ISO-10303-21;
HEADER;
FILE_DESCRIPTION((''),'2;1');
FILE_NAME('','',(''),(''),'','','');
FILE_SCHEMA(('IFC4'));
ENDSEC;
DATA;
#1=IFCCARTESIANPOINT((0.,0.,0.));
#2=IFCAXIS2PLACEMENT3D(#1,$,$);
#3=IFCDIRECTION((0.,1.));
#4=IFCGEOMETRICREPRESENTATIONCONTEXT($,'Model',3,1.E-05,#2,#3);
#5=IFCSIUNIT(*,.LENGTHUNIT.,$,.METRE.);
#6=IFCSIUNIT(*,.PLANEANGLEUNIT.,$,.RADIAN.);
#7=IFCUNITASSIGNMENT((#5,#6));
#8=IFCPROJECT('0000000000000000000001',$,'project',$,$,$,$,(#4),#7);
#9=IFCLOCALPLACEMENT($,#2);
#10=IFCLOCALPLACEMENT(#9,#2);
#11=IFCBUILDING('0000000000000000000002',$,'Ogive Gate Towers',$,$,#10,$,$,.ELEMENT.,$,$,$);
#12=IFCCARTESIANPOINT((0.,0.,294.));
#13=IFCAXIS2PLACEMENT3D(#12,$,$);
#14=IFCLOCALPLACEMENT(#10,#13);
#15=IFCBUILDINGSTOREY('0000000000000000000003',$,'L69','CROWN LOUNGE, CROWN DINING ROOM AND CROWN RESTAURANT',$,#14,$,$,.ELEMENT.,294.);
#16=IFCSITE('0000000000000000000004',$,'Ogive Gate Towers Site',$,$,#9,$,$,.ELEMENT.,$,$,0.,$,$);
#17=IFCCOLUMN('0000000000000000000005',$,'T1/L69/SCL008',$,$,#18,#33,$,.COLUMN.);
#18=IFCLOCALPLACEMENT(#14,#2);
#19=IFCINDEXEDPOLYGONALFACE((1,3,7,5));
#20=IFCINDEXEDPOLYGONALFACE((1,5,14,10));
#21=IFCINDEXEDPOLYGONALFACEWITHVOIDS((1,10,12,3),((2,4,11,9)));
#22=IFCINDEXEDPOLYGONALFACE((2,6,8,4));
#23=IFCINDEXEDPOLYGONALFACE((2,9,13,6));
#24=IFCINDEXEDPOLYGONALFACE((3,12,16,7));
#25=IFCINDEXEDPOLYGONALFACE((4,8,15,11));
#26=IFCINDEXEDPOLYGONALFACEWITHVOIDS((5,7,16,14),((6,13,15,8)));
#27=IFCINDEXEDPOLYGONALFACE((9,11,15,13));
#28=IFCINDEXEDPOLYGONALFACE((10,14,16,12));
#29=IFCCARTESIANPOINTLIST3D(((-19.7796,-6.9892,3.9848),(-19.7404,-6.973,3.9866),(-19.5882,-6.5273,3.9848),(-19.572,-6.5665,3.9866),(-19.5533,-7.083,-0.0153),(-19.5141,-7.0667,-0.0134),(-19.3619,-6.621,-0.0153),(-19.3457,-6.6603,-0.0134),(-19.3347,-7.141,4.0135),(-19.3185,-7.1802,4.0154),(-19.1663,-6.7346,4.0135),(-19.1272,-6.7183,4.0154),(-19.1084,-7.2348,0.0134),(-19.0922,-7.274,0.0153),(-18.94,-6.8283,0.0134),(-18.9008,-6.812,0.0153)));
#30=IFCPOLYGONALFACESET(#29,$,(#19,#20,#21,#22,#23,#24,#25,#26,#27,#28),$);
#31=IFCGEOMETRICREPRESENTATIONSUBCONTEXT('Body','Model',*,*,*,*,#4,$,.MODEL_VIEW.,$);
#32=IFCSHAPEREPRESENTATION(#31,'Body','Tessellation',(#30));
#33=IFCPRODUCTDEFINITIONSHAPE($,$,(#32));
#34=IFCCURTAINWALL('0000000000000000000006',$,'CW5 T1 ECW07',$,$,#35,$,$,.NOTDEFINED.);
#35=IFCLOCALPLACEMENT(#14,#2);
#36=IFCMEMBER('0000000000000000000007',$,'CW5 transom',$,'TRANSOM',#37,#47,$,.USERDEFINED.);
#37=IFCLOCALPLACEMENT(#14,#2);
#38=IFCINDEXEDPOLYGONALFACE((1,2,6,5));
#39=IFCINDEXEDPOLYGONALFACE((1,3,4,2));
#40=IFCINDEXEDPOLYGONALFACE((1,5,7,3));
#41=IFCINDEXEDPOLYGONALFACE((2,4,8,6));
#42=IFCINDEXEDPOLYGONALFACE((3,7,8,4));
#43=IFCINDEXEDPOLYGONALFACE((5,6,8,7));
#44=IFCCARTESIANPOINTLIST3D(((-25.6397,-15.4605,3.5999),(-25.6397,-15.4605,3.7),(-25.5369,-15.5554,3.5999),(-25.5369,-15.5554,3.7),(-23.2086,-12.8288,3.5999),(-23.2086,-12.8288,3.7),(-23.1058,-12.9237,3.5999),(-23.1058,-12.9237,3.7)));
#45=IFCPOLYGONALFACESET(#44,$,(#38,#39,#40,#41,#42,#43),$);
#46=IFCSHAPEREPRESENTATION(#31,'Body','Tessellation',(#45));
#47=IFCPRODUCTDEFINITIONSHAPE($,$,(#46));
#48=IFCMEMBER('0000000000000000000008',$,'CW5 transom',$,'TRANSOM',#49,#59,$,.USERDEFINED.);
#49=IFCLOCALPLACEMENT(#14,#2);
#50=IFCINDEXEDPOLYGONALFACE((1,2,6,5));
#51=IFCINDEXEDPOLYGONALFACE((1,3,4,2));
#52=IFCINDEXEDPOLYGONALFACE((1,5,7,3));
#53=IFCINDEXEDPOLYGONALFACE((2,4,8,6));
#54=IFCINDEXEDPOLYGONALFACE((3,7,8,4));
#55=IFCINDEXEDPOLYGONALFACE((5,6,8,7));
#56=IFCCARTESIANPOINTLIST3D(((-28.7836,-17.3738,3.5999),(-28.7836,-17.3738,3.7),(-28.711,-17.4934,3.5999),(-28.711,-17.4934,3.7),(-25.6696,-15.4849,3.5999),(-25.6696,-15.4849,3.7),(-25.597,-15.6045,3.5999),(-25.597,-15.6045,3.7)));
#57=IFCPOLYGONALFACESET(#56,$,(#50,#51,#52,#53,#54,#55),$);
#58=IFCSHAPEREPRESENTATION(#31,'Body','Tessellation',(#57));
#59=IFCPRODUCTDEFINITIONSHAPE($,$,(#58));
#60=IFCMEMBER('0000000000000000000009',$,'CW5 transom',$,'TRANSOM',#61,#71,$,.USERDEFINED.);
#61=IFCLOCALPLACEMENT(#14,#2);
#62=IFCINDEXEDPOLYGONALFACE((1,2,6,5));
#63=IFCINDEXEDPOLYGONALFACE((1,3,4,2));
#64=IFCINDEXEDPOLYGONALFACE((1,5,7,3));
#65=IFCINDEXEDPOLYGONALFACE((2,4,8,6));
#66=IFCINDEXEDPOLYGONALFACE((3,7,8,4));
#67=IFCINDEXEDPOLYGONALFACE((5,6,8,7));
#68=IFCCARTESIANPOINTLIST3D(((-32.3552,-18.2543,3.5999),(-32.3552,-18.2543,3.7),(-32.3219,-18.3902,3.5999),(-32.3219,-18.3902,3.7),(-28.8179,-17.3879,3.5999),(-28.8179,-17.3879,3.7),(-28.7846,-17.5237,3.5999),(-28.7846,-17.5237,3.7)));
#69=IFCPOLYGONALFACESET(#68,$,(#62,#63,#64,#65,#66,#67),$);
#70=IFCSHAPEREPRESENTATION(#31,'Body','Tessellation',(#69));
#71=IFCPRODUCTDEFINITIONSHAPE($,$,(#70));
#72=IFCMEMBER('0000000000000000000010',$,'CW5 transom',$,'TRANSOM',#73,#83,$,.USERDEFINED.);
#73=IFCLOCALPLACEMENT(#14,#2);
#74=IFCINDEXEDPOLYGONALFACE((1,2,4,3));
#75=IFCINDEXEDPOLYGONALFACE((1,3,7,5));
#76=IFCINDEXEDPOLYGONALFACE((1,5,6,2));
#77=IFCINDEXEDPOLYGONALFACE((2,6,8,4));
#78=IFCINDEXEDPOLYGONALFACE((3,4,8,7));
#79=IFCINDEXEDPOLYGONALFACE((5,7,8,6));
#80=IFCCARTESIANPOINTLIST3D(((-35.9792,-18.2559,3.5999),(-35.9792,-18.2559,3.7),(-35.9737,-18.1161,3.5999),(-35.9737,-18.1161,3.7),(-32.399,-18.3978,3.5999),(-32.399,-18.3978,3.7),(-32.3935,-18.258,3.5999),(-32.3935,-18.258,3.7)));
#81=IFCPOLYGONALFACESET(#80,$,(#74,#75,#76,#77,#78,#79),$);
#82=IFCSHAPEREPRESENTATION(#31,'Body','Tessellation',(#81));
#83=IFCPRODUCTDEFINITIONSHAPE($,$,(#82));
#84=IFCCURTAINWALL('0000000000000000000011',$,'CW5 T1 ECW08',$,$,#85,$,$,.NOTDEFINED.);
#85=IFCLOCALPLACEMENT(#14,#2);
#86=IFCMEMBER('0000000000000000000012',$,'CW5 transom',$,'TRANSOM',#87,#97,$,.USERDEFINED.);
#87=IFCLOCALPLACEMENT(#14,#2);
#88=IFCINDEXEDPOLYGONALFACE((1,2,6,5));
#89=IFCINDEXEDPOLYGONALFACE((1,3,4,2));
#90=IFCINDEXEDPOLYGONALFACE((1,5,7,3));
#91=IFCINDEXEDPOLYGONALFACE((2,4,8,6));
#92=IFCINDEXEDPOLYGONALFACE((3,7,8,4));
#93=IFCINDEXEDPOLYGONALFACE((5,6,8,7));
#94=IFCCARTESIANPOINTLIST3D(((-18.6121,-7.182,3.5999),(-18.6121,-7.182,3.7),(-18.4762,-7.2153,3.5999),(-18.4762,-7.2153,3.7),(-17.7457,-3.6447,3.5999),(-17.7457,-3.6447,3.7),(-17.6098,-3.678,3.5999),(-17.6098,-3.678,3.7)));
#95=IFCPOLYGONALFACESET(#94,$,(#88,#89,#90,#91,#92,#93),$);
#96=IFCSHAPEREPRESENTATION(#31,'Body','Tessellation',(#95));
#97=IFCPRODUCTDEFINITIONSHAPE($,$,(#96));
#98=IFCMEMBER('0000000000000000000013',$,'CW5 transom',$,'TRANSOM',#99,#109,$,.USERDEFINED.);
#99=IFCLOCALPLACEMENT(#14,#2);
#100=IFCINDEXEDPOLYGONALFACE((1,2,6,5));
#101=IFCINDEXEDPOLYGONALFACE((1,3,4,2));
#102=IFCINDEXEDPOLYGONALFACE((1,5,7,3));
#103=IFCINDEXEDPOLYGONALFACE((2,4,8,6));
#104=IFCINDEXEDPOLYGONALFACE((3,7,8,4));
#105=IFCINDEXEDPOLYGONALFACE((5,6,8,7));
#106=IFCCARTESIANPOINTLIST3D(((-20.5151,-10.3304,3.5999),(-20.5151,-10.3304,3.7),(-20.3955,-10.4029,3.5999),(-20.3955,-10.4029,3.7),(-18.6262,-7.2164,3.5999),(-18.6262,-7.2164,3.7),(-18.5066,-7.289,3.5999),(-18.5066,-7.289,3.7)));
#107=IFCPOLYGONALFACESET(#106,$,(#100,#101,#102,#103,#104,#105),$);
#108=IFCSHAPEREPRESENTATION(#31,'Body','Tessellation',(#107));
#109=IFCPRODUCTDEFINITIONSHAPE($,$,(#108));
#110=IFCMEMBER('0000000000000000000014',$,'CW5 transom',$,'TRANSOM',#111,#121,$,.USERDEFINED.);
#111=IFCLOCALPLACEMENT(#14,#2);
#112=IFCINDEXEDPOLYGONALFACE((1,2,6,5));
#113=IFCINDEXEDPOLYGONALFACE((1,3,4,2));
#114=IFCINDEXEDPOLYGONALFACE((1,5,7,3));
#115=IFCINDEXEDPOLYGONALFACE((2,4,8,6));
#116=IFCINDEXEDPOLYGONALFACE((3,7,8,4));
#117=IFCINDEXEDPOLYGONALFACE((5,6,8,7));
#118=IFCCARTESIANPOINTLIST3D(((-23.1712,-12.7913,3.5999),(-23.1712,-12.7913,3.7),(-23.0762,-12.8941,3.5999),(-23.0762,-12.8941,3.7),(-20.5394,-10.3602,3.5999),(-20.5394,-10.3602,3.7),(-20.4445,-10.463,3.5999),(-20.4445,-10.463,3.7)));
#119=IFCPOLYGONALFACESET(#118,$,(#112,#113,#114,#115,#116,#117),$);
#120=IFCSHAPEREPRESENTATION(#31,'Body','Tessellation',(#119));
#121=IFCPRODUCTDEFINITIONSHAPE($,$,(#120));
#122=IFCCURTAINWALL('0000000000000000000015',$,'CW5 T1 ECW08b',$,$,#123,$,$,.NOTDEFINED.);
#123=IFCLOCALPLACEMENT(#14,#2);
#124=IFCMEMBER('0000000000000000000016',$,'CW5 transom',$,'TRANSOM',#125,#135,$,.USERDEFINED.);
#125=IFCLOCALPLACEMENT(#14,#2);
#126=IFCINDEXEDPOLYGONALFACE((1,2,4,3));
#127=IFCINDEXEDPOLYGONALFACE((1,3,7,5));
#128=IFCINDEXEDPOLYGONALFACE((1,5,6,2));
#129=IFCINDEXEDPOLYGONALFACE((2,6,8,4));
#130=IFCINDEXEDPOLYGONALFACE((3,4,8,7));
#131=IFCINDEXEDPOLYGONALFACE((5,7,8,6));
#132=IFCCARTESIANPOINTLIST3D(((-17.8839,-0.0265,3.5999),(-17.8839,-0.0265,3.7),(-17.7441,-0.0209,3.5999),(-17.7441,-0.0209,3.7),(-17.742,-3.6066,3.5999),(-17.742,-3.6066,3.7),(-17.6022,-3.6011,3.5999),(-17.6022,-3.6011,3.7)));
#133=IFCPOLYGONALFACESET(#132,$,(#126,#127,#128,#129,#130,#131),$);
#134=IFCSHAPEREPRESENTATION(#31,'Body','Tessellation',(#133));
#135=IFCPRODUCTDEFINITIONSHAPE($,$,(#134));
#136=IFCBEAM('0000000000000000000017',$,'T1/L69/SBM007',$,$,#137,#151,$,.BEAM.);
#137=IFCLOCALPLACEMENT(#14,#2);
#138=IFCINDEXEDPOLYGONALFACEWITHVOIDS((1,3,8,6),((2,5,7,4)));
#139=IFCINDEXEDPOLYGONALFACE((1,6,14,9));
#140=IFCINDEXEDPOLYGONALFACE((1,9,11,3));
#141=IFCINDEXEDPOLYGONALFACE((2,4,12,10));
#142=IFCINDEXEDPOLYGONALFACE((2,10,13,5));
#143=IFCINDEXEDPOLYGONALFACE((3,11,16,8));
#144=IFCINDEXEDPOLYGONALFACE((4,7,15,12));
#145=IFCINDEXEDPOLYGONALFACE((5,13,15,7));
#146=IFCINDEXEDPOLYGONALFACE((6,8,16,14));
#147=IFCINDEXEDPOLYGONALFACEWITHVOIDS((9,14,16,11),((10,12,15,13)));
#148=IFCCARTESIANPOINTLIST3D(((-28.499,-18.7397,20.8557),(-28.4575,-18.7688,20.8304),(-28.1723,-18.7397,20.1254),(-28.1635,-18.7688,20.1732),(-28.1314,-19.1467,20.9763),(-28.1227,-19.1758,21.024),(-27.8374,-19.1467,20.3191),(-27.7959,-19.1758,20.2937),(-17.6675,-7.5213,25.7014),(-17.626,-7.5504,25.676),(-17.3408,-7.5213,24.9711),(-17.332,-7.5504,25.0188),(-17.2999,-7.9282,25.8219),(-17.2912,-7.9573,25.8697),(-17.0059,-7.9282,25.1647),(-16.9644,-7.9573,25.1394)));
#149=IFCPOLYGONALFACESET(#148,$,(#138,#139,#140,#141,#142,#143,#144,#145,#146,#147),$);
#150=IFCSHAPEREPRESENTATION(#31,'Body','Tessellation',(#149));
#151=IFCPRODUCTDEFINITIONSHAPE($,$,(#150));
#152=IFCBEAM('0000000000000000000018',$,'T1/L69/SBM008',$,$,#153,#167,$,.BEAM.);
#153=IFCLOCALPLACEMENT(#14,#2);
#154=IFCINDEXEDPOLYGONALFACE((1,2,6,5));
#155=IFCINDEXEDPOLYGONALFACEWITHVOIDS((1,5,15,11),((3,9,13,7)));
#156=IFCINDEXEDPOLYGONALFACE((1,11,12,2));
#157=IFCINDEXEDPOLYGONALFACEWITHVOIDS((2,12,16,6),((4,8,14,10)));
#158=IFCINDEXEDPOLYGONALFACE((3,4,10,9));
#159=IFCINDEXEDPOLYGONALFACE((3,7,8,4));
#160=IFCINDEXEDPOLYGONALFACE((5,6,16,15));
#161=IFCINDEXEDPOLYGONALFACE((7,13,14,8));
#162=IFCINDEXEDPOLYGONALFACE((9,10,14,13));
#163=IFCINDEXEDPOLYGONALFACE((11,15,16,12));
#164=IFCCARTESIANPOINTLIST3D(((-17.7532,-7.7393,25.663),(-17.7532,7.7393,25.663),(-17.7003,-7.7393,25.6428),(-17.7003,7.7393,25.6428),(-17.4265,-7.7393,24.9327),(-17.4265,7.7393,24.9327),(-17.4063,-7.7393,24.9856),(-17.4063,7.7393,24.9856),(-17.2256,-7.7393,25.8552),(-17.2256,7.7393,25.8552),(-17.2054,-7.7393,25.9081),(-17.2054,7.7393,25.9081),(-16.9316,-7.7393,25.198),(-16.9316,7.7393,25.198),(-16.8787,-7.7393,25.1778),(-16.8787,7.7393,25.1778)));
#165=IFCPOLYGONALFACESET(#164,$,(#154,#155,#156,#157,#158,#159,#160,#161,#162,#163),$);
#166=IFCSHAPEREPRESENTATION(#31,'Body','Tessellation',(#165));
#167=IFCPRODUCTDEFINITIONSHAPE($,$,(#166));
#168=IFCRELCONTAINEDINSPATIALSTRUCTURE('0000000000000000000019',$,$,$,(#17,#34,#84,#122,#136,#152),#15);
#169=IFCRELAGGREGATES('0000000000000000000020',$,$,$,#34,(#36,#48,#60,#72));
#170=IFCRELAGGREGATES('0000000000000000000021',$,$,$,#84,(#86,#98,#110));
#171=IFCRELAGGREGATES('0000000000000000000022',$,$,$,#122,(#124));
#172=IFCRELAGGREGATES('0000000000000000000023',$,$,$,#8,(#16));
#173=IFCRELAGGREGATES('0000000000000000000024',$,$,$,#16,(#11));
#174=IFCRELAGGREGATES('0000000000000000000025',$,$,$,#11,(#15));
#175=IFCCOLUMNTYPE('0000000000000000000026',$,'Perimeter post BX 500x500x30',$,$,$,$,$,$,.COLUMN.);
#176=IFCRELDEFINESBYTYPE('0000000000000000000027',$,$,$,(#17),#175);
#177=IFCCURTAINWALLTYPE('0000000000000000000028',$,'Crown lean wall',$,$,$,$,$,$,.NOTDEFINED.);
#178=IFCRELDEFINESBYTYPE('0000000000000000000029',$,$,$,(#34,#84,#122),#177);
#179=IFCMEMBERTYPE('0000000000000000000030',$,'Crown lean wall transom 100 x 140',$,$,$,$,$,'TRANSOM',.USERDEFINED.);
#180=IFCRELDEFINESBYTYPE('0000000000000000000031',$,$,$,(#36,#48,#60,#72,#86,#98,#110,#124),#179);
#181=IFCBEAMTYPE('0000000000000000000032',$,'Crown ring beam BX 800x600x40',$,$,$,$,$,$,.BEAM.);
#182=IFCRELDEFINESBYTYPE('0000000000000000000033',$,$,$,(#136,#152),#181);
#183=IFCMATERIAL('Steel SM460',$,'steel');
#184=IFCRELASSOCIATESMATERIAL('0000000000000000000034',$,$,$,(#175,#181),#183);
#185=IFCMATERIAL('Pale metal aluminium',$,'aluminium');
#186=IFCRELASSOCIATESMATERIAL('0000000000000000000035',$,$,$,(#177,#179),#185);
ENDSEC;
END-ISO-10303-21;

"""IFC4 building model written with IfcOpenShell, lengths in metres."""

from ifc_helpers import new_model, si_unit, direction, frame, origin, origin_2d, place, context, subcontext, project, spatial, rectangle, hollow_rectangle, extrude, material, material_profile, profile_set, type_object, element, aggregate, save


model = new_model("IFC4")

# Units and contexts
model_context = context("Model", 3, precision=1e-05, world=origin(), true_north=direction((0.0, 1.0)))
body_context = subcontext(model_context, "Body", "Model", "MODEL_VIEW")
ifc_project = project(units=[si_unit("LENGTHUNIT", "METRE"), si_unit("PLANEANGLEUNIT", "RADIAN")], contexts=[model_context])

# Site, building, storey
site_placement = place(None, origin())
site = spatial("IfcSite", under=ifc_project, at=site_placement, Name="Ogive Gate Towers Site", CompositionType="ELEMENT", RefElevation=0.0)
building_placement = place(site_placement, origin())
building = spatial("IfcBuilding", under=site, at=building_placement, Name="Ogive Gate Towers", CompositionType="ELEMENT")
storey_placement = place(building_placement, frame((0.0, 0.0, 294.0)))
storey = spatial("IfcBuildingStorey", under=building, at=storey_placement, Name="L69", Description="CROWN LOUNGE, CROWN DINING ROOM AND CROWN RESTAURANT", CompositionType="ELEMENT", Elevation=294.0)

# Column
ifc_material_1 = material(Name="Steel SM460", Category="steel")
ifc_material_profile_1 = material_profile(ifc_material_1, hollow_rectangle(XDim=0.5, YDim=0.5, WallThickness=0.03, at=origin_2d()), Name="BX 500x500x30")
ifc_profile_set_1 = profile_set([ifc_material_profile_1], Name="Steel SM460")
column_type = type_object("IfcColumnType", Name="Perimeter post BX 500x500x30", PredefinedType="COLUMN", material=ifc_profile_set_1)
column_placement = place(storey_placement, frame((-19.2271, -6.9475, 0.0), z_axis=(-0.056474, 0.023394, 0.99813), x_axis=(-0.382704, -0.923871, 0.0)))
element("IfcColumn", 1, at=column_placement, inside=storey, type_object=column_type, Name="T1/L69/SCL008", PredefinedType="COLUMN", context=body_context, shape_type="SweptSolid", body=[
    extrude(hollow_rectangle(XDim=0.5, YDim=0.5, WallThickness=0.03, at=origin_2d()), origin(), (0.0, 0.0, 1.0), 4.0076),
])

# Curtain walls, members
ifc_material_2 = material(Name="Pale metal aluminium", Category="aluminium")
curtain_wall_type = type_object("IfcCurtainWallType", Name="Crown lean wall", PredefinedType="NOTDEFINED", material=ifc_material_2)
curtain_wall_1_placement = place(storey_placement, origin())
curtain_wall_1 = element("IfcCurtainWall", 2, at=curtain_wall_1_placement, inside=storey, type_object=curtain_wall_type, Name="CW5 T1 ECW07", PredefinedType="NOTDEFINED")
ifc_material_profile_2 = material_profile(ifc_material_2, rectangle(XDim=0.1399, YDim=0.1001, at=origin_2d()), Name="100 x 140 aluminium box")
ifc_profile_set_2 = profile_set([ifc_material_profile_2], Name="Pale metal aluminium")
member_type = type_object("IfcMemberType", Name="Crown lean wall transom 100 x 140", ElementType="TRANSOM", PredefinedType="USERDEFINED", material=ifc_profile_set_2)
member_1_placement = place(storey_placement, frame((-23.1572, -12.8762, 3.6499), z_axis=(-0.678546, -0.734558, 0.0), x_axis=(0.734558, -0.678546, 0.0)))
member_1 = element("IfcMember", 3, at=member_1_placement, type_object=member_type, Name="CW5 transom", ObjectType="TRANSOM", PredefinedType="USERDEFINED", context=body_context, shape_type="SweptSolid", body=[
    extrude(rectangle(XDim=0.1399, YDim=0.1001, at=origin_2d()), origin(), (0.0, 0.0, 1.0), 3.5828),
])
member_2_placement = place(storey_placement, frame((-25.6333, -15.5447, 3.6499), z_axis=(-0.854999, -0.51863, 0.0), x_axis=(0.51863, -0.854999, 0.0)))
member_2 = element("IfcMember", 4, at=member_2_placement, type_object=member_type, Name="CW5 transom", ObjectType="TRANSOM", PredefinedType="USERDEFINED", context=body_context, shape_type="SweptSolid", body=[
    extrude(rectangle(XDim=0.1399, YDim=0.1001, at=origin_2d()), origin(), (0.0, 0.0, 1.0), 3.6421),
])
member_3_placement = place(storey_placement, frame((-28.8013, -17.4558, 3.6499), z_axis=(-0.971287, -0.237911, 0.0), x_axis=(0.237911, -0.971287, 0.0)))
member_3 = element("IfcMember", 5, at=member_3_placement, type_object=member_type, Name="CW5 transom", ObjectType="TRANSOM", PredefinedType="USERDEFINED", context=body_context, shape_type="SweptSolid", body=[
    extrude(rectangle(XDim=0.1399, YDim=0.1001, at=origin_2d()), origin(), (0.0, 0.0, 1.0), 3.6418),
])
member_4_placement = place(storey_placement, frame((-32.3962, -18.3279, 3.6499), z_axis=(-0.999216, 0.03959, 0.0), x_axis=(-0.03959, -0.999216, 0.0)))
member_4 = element("IfcMember", 6, at=member_4_placement, type_object=member_type, Name="CW5 transom", ObjectType="TRANSOM", PredefinedType="USERDEFINED", context=body_context, shape_type="SweptSolid", body=[
    extrude(rectangle(XDim=0.1399, YDim=0.1001, at=origin_2d()), origin(), (0.0, 0.0, 1.0), 3.583),
])
aggregate(curtain_wall_1, [member_1, member_2, member_3, member_4])
curtain_wall_2_placement = place(storey_placement, origin())
curtain_wall_2 = element("IfcCurtainWall", 7, at=curtain_wall_2_placement, inside=storey, type_object=curtain_wall_type, Name="CW5 T1 ECW08", PredefinedType="NOTDEFINED")
member_5_placement = place(storey_placement, frame((-17.6777, -3.6614, 3.6499), z_axis=(-0.237911, -0.971287, 0.0), x_axis=(0.971287, -0.237911, 0.0)))
member_5 = element("IfcMember", 8, at=member_5_placement, type_object=member_type, Name="CW5 transom", ObjectType="TRANSOM", PredefinedType="USERDEFINED", context=body_context, shape_type="SweptSolid", body=[
    extrude(rectangle(XDim=0.1399, YDim=0.1001, at=origin_2d()), origin(), (0.0, 0.0, 1.0), 3.6418),
])
member_6_placement = place(storey_placement, frame((-18.5664, -7.2527, 3.6499), z_axis=(-0.51863, -0.854999, 0.0), x_axis=(0.854999, -0.51863, 0.0)))
member_6 = element("IfcMember", 9, at=member_6_placement, type_object=member_type, Name="CW5 transom", ObjectType="TRANSOM", PredefinedType="USERDEFINED", context=body_context, shape_type="SweptSolid", body=[
    extrude(rectangle(XDim=0.1399, YDim=0.1001, at=origin_2d()), origin(), (0.0, 0.0, 1.0), 3.6421),
])
member_7_placement = place(storey_placement, frame((-20.4919, -10.4116, 3.6499), z_axis=(-0.734558, -0.678546, 0.0), x_axis=(0.678546, -0.734558, 0.0)))
member_7 = element("IfcMember", 10, at=member_7_placement, type_object=member_type, Name="CW5 transom", ObjectType="TRANSOM", PredefinedType="USERDEFINED", context=body_context, shape_type="SweptSolid", body=[
    extrude(rectangle(XDim=0.1399, YDim=0.1001, at=origin_2d()), origin(), (0.0, 0.0, 1.0), 3.5828),
])
aggregate(curtain_wall_2, [member_5, member_6, member_7])

# Curtain wall, member
curtain_wall_3_placement = place(storey_placement, origin())
curtain_wall_3 = element("IfcCurtainWall", 11, at=curtain_wall_3_placement, inside=storey, type_object=curtain_wall_type, Name="CW5 T1 ECW08b", PredefinedType="NOTDEFINED")
member_8_placement = place(storey_placement, frame((-17.814, -0.0237, 3.6499), z_axis=(0.03959, -0.999216, 0.0), x_axis=(0.999216, 0.03959, 0.0)))
member_8 = element("IfcMember", 12, at=member_8_placement, type_object=member_type, Name="CW5 transom", ObjectType="TRANSOM", PredefinedType="USERDEFINED", context=body_context, shape_type="SweptSolid", body=[
    extrude(rectangle(XDim=0.1399, YDim=0.1001, at=origin_2d()), origin(), (0.0, 0.0, 1.0), 3.583),
])
aggregate(curtain_wall_3, [member_8])

# Beams
ifc_material_profile_3 = material_profile(ifc_material_1, hollow_rectangle(XDim=0.6001, YDim=0.8, WallThickness=0.04, at=origin_2d()), Name="BX 800x600x40")
ifc_profile_set_3 = profile_set([ifc_material_profile_3], Name="Steel SM460")
beam_type = type_object("IfcBeamType", Name="Crown ring beam BX 800x600x40", PredefinedType="BEAM", material=ifc_profile_set_3)
beam_1_placement = place(storey_placement, frame((-28.1475, -18.9578, 20.5747), z_axis=(0.663305, 0.687001, 0.296742), x_axis=(0.627106, -0.726656, 0.280551)))
element("IfcBeam", 13, at=beam_1_placement, inside=storey, type_object=beam_type, Name="T1/L69/SBM007", PredefinedType="BEAM", context=body_context, shape_type="SweptSolid", body=[
    extrude(hollow_rectangle(XDim=0.6001, YDim=0.8, WallThickness=0.04, at=origin_2d()), origin(), (0.0, 0.0, 1.0), 16.3296),
])
beam_2_placement = place(storey_placement, frame((-17.3159, -7.7393, 25.4204), z_axis=(0.0, 1.0, 0.0), x_axis=(0.912818, 0.0, 0.408366)))
element("IfcBeam", 14, at=beam_2_placement, inside=storey, type_object=beam_type, Name="T1/L69/SBM008", PredefinedType="BEAM", context=body_context, shape_type="SweptSolid", body=[
    extrude(hollow_rectangle(XDim=0.6001, YDim=0.8, WallThickness=0.04, at=origin_2d()), origin(), (0.0, 0.0, 1.0), 15.4785),
])

save(model, "model.ifc")
